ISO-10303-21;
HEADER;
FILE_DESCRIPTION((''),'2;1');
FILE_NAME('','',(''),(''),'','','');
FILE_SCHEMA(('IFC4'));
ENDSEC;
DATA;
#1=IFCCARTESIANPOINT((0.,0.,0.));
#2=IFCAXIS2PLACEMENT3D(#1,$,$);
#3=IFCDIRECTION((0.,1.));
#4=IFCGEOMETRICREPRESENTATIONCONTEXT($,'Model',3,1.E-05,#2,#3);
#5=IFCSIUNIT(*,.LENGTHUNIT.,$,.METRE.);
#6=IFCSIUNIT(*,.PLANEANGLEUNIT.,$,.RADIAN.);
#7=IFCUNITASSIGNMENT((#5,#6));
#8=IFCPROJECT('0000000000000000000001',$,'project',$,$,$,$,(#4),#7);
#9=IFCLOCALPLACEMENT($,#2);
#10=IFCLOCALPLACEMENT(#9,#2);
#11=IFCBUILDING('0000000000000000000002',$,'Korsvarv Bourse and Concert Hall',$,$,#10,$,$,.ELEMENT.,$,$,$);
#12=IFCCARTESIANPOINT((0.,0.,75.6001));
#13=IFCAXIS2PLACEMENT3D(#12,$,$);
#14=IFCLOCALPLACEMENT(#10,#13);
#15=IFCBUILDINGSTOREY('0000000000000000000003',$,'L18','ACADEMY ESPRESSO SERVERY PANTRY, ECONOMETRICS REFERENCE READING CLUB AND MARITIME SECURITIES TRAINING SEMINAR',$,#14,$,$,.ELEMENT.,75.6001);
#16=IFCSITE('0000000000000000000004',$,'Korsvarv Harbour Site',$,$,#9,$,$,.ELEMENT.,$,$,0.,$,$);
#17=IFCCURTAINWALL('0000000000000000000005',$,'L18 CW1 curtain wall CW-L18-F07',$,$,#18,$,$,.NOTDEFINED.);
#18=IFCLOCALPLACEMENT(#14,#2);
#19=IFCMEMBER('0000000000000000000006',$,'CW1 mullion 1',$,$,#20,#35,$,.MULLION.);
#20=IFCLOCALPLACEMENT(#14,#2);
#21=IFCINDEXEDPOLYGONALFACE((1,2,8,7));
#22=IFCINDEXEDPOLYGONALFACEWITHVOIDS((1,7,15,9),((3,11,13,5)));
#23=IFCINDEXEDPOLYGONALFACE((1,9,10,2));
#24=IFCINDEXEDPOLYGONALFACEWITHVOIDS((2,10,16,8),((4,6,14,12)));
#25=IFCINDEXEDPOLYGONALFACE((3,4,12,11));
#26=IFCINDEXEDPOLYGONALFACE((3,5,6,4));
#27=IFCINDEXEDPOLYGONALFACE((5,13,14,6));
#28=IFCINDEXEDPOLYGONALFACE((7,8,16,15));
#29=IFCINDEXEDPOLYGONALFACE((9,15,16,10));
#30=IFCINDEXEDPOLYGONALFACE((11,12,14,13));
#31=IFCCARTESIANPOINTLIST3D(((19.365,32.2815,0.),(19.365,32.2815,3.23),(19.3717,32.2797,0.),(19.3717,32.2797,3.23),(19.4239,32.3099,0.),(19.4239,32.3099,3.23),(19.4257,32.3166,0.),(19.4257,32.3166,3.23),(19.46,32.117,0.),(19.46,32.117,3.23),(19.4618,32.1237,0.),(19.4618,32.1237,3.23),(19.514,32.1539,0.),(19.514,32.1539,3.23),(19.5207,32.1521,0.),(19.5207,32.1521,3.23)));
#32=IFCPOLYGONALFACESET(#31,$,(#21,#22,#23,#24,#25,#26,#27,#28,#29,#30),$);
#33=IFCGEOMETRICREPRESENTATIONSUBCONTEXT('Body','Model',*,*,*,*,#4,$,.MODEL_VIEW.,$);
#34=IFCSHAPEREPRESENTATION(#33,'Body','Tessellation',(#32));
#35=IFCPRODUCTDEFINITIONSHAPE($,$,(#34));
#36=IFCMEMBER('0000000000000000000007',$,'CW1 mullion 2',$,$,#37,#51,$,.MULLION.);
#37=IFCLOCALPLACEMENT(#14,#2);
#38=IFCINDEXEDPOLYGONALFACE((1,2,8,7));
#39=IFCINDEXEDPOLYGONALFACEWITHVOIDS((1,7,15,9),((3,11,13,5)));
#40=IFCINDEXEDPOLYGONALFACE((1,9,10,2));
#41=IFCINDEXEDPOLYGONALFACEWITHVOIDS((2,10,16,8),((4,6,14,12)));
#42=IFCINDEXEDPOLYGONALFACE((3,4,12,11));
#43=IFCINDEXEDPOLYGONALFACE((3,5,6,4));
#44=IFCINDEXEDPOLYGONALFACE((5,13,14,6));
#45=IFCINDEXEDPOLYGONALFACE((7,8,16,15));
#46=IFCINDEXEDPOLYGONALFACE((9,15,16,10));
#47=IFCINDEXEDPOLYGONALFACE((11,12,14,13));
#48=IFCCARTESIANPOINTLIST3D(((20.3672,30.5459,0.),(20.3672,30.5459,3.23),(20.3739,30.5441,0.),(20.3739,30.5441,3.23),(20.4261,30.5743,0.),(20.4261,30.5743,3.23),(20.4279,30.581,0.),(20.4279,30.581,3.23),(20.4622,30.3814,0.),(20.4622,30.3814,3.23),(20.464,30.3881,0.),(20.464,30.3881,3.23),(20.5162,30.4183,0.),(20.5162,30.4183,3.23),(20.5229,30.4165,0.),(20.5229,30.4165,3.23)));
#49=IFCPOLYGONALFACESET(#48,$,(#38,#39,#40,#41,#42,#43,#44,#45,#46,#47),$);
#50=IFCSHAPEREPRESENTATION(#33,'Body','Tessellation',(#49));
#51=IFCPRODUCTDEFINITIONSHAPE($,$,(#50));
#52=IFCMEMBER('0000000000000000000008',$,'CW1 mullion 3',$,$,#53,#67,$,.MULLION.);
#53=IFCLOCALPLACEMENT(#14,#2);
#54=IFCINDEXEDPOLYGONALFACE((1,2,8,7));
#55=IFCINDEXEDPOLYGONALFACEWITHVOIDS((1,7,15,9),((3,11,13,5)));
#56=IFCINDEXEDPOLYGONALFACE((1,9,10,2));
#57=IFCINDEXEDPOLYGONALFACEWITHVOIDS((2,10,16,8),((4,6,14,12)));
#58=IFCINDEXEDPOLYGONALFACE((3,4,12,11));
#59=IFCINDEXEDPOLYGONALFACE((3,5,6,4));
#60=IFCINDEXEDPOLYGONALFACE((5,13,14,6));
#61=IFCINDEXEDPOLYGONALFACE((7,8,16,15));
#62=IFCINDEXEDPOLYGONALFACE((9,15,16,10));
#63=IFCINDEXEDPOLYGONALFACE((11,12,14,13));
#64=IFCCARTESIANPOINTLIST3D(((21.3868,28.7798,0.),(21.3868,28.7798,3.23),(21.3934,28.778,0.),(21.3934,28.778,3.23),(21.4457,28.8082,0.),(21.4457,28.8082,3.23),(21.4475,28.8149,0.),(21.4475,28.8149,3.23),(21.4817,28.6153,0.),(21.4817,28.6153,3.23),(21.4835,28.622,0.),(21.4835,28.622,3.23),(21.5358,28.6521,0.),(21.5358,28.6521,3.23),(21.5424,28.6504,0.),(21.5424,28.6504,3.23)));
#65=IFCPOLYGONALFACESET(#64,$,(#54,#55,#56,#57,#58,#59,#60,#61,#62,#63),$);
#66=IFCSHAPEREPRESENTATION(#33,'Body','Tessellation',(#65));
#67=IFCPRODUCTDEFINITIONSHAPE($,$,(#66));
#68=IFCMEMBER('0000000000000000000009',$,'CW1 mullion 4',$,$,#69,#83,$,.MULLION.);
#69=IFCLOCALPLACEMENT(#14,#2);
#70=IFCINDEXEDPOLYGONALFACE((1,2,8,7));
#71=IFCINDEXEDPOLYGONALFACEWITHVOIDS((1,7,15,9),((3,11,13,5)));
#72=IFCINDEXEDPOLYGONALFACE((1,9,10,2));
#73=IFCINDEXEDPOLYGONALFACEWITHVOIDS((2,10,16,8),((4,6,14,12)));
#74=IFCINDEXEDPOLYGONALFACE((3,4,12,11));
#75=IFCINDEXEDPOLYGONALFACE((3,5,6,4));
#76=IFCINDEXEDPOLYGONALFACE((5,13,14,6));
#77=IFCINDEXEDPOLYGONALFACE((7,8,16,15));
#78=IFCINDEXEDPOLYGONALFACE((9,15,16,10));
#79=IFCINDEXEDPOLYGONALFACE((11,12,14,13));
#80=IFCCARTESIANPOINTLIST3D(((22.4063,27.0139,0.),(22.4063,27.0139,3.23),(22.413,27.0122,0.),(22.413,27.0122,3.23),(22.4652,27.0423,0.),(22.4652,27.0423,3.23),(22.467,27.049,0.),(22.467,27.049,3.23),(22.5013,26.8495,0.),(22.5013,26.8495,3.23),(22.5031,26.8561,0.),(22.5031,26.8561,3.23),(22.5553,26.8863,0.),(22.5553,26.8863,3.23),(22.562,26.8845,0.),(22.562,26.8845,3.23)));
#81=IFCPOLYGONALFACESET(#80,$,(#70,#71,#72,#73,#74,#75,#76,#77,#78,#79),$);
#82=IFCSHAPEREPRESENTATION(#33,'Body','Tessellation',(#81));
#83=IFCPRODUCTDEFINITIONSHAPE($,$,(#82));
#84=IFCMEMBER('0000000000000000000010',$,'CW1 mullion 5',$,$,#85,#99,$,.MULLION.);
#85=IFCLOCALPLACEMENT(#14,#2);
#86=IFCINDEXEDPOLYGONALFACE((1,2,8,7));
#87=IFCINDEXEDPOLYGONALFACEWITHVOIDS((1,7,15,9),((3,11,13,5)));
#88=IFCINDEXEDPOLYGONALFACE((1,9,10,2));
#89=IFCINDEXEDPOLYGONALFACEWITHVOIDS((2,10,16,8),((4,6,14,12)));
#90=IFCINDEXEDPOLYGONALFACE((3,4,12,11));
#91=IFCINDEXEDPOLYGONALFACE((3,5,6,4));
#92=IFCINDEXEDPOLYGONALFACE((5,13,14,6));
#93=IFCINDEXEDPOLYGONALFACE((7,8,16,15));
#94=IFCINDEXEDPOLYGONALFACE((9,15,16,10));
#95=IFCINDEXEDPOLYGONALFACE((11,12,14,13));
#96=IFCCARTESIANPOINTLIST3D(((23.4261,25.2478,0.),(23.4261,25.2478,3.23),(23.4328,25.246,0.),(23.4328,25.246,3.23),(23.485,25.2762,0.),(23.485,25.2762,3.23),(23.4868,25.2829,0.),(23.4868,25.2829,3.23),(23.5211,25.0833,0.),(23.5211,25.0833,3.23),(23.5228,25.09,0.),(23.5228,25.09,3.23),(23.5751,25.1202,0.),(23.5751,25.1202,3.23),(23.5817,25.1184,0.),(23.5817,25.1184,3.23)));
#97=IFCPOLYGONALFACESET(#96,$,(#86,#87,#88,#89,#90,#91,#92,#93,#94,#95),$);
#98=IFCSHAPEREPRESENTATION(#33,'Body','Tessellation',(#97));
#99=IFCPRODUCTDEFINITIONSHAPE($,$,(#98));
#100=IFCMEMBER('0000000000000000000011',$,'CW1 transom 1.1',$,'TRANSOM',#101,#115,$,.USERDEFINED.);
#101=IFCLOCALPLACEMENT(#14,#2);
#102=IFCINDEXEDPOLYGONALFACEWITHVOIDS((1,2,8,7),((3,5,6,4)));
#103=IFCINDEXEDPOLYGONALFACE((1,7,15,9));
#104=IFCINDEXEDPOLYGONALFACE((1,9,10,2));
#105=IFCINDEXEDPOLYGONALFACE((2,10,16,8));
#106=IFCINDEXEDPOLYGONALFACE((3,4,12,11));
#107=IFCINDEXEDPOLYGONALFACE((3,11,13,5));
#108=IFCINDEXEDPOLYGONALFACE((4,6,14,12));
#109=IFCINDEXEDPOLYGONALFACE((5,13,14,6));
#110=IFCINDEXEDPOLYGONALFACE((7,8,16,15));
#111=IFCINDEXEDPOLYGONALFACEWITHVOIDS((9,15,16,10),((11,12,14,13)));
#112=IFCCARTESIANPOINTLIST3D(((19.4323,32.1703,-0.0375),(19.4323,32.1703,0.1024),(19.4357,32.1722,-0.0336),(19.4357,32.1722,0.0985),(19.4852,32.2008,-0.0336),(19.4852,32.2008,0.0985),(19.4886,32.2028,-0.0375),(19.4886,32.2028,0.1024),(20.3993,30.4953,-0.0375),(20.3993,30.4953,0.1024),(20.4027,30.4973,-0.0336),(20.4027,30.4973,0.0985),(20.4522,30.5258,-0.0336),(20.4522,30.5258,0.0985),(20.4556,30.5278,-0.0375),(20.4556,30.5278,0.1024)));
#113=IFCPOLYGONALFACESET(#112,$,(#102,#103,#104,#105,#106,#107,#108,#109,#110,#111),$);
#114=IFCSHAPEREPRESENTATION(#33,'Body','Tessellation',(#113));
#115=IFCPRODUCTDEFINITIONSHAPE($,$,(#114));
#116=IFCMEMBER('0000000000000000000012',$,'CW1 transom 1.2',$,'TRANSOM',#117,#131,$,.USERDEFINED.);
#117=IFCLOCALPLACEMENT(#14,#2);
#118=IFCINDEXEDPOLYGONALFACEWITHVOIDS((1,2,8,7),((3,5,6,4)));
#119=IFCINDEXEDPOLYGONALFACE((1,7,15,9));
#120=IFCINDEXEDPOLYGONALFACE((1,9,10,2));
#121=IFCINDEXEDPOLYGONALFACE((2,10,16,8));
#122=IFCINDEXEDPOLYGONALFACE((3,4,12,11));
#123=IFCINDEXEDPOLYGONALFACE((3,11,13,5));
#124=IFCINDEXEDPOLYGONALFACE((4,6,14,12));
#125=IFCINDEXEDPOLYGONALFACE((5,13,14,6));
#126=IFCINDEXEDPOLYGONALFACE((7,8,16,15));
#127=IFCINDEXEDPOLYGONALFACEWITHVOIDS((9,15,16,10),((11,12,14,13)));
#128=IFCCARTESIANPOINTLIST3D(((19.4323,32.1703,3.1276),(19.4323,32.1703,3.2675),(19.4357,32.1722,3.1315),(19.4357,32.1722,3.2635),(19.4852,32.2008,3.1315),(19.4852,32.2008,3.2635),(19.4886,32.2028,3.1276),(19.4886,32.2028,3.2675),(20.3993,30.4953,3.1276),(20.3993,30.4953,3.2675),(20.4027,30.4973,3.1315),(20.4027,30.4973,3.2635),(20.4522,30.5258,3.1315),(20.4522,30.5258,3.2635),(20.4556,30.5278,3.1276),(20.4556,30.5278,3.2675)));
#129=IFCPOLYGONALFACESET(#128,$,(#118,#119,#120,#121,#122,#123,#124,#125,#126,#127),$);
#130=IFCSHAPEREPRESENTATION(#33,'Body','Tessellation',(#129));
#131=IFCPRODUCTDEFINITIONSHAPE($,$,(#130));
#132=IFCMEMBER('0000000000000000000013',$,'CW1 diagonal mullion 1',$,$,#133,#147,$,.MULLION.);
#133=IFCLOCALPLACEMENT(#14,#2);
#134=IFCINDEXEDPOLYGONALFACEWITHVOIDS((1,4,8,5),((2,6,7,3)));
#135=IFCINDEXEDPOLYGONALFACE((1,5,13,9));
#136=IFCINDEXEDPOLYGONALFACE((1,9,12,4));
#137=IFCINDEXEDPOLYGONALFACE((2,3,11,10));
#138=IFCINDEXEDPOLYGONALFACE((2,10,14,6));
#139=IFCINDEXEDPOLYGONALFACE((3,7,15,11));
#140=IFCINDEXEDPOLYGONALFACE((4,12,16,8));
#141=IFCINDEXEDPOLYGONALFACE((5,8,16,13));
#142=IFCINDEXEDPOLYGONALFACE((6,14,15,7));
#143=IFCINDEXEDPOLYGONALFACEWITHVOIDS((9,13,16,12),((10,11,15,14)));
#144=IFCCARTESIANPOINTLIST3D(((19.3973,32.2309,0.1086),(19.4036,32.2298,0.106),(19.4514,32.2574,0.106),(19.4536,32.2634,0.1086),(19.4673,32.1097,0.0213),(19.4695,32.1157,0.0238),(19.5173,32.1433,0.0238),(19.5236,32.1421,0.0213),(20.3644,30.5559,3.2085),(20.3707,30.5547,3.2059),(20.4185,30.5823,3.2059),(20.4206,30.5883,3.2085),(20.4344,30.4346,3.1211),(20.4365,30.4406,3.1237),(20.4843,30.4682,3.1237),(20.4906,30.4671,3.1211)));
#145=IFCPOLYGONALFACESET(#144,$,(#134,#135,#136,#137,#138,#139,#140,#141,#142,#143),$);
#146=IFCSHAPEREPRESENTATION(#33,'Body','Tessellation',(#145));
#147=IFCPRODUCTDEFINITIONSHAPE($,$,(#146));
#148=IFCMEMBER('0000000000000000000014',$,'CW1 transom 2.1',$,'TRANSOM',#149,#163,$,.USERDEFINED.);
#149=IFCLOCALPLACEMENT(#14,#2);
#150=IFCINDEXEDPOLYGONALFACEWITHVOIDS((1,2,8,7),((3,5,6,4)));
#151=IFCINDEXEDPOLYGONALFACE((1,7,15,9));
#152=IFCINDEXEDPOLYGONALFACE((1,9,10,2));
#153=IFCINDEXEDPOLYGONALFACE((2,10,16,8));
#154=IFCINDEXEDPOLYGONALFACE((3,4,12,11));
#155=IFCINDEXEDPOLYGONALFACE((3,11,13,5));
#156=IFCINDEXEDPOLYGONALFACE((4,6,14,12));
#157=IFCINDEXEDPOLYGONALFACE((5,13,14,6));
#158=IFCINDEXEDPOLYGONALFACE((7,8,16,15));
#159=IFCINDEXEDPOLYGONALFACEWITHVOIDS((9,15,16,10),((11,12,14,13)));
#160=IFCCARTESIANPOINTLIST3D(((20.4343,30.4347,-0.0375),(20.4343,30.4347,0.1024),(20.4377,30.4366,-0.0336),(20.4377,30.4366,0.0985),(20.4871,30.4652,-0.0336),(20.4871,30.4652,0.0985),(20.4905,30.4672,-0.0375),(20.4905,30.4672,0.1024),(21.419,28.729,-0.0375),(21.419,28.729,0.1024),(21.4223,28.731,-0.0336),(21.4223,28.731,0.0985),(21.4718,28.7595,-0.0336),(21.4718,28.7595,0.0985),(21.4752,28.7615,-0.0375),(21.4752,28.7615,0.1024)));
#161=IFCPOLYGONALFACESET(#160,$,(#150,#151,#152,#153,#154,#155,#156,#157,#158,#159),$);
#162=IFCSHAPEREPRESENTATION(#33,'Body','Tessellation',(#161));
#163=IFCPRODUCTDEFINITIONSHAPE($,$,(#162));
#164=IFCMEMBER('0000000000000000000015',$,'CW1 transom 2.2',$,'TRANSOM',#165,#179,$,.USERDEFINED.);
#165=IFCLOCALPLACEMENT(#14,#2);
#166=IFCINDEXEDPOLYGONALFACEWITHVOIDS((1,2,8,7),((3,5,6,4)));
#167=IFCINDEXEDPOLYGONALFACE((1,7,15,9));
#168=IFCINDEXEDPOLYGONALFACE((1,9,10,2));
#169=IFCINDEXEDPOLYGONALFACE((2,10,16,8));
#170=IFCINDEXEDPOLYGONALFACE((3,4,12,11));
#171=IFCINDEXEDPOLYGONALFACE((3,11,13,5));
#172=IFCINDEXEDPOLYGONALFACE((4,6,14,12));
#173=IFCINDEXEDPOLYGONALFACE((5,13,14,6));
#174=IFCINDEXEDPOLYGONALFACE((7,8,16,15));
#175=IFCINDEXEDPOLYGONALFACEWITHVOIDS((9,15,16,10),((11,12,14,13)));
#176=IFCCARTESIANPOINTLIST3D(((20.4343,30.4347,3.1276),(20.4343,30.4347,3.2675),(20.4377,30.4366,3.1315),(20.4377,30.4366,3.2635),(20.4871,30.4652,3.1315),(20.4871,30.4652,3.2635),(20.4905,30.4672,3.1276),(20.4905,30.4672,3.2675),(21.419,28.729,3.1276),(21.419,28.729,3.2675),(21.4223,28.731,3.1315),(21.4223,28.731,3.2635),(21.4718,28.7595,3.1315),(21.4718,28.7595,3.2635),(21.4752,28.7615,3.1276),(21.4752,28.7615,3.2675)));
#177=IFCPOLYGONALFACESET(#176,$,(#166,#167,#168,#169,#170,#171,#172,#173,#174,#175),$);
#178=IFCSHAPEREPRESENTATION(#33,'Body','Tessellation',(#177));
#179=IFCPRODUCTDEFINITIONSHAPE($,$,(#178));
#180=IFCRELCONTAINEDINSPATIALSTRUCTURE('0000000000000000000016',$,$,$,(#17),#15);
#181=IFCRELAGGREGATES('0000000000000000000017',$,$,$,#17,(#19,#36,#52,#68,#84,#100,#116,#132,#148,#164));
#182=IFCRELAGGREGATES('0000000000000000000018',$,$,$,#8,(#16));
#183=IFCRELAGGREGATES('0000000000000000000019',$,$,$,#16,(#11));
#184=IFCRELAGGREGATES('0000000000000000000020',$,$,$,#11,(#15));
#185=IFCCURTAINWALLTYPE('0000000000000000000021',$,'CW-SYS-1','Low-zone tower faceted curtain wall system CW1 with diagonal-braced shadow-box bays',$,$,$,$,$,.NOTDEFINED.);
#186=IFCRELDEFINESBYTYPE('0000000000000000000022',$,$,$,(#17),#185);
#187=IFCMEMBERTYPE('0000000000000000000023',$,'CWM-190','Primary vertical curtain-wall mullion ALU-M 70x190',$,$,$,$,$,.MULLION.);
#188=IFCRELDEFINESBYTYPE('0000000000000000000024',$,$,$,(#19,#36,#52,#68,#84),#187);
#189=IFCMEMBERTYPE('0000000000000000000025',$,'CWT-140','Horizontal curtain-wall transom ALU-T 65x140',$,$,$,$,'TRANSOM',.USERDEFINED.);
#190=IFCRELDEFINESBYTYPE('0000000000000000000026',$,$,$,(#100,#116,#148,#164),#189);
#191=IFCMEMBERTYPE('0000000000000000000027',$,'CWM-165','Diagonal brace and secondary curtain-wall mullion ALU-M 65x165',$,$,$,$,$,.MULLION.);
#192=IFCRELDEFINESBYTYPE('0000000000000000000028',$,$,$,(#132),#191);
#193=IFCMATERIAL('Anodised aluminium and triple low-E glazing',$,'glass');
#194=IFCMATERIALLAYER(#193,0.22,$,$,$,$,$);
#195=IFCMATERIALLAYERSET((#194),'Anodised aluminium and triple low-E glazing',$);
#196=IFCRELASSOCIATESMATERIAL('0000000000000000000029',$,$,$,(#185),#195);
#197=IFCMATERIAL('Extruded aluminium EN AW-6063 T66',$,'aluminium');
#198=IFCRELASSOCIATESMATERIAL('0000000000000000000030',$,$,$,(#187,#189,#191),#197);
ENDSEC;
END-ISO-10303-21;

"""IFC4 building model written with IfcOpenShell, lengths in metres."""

from ifc_helpers import new_model, si_unit, direction, frame, origin, origin_2d, place, context, subcontext, project, spatial, hollow_rectangle, extrude, source, transform, mapped, material, layer, layer_set, material_profile, profile_set, type_object, element, aggregate, save


model = new_model("IFC4")

# Units and contexts
model_context = context("Model", 3, precision=1e-05, world=origin(), true_north=direction((0.0, 1.0)))
body_context = subcontext(model_context, "Body", "Model", "MODEL_VIEW")
ifc_project = project(units=[si_unit("LENGTHUNIT", "METRE"), si_unit("PLANEANGLEUNIT", "RADIAN")], contexts=[model_context])

# Site, building, storey
site_placement = place(None, origin())
site = spatial("IfcSite", under=ifc_project, at=site_placement, Name="Korsvarv Harbour Site", CompositionType="ELEMENT", RefElevation=0.0)
building_placement = place(site_placement, origin())
building = spatial("IfcBuilding", under=site, at=building_placement, Name="Korsvarv Bourse and Concert Hall", CompositionType="ELEMENT")
storey_placement = place(building_placement, frame((0.0, 0.0, 75.6001)))
storey = spatial("IfcBuildingStorey", under=building, at=storey_placement, Name="L18", Description="ACADEMY ESPRESSO SERVERY PANTRY, ECONOMETRICS REFERENCE READING CLUB AND MARITIME SECURITIES TRAINING SEMINAR", CompositionType="ELEMENT", Elevation=75.6001)

# Curtain wall, members
ifc_material_1 = material(Name="Anodised aluminium and triple low-E glazing", Category="glass")
ifc_layer_1 = layer(ifc_material_1, 0.22)
ifc_layer_set_1 = layer_set([ifc_layer_1], Name="Anodised aluminium and triple low-E glazing")
curtain_wall_type = type_object("IfcCurtainWallType", Name="CW-SYS-1", Description="Low-zone tower faceted curtain wall system CW1 with diagonal-braced shadow-box bays", PredefinedType="NOTDEFINED", material=ifc_layer_set_1)
curtain_wall_placement = place(storey_placement, origin())
curtain_wall = element("IfcCurtainWall", 1, at=curtain_wall_placement, inside=storey, type_object=curtain_wall_type, Name="L18 CW1 curtain wall CW-L18-F07", PredefinedType="NOTDEFINED")
ifc_material_2 = material(Name="Extruded aluminium EN AW-6063 T66", Category="aluminium")
ifc_material_profile_1 = material_profile(ifc_material_2, hollow_rectangle(XDim=0.0701, YDim=0.1899, WallThickness=0.0049, at=origin_2d()), Name="ALU-M 70x190")
ifc_profile_set_1 = profile_set([ifc_material_profile_1], Name="Extruded aluminium EN AW-6063 T66")
member_type_1 = type_object("IfcMemberType", Name="CWM-190", Description="Primary vertical curtain-wall mullion ALU-M 70x190", PredefinedType="MULLION", material=ifc_profile_set_1)
shared_shape_1 = source(origin(), body_context, "Body", "SweptSolid", [
    extrude(hollow_rectangle(XDim=0.0701, YDim=0.1899, WallThickness=0.0049, at=origin_2d()), origin(), (0.0, 0.0, 1.0), 3.23),
])
member_1_placement = place(storey_placement, frame((19.4429, 32.2168, 0.0), z_axis=(0.0, 0.0, 1.0), x_axis=(0.866024, 0.500002, 0.0)))
member_1 = element("IfcMember", 2, at=member_1_placement, type_object=member_type_1, Name="CW1 mullion 1", PredefinedType="MULLION", context=body_context, shape_type="MappedRepresentation", body=[
    mapped(shared_shape_1, transform((0.0, 0.0, 0.0), scale=1.0)),
])
member_2_placement = place(storey_placement, frame((20.4451, 30.4812, 0.0), z_axis=(0.0, 0.0, 1.0), x_axis=(0.866024, 0.500002, 0.0)))
member_2 = element("IfcMember", 3, at=member_2_placement, type_object=member_type_1, Name="CW1 mullion 2", PredefinedType="MULLION", context=body_context, shape_type="MappedRepresentation", body=[
    mapped(shared_shape_1, transform((0.0, 0.0, 0.0), scale=1.0)),
])
member_3_placement = place(storey_placement, frame((21.4646, 28.7151, 0.0), z_axis=(0.0, 0.0, 1.0), x_axis=(0.866024, 0.500002, 0.0)))
member_3 = element("IfcMember", 4, at=member_3_placement, type_object=member_type_1, Name="CW1 mullion 3", PredefinedType="MULLION", context=body_context, shape_type="MappedRepresentation", body=[
    mapped(shared_shape_1, transform((0.0, 0.0, 0.0), scale=1.0)),
])
member_4_placement = place(storey_placement, frame((22.4841, 26.9492, 0.0), z_axis=(0.0, 0.0, 1.0), x_axis=(0.866024, 0.500002, 0.0)))
member_4 = element("IfcMember", 5, at=member_4_placement, type_object=member_type_1, Name="CW1 mullion 4", PredefinedType="MULLION", context=body_context, shape_type="MappedRepresentation", body=[
    mapped(shared_shape_1, transform((0.0, 0.0, 0.0), scale=1.0)),
])
member_5_placement = place(storey_placement, frame((23.5039, 25.1831, 0.0), z_axis=(0.0, 0.0, 1.0), x_axis=(0.866024, 0.500002, 0.0)))
member_5 = element("IfcMember", 6, at=member_5_placement, type_object=member_type_1, Name="CW1 mullion 5", PredefinedType="MULLION", context=body_context, shape_type="MappedRepresentation", body=[
    mapped(shared_shape_1, transform((0.0, 0.0, 0.0), scale=1.0)),
])
ifc_material_profile_2 = material_profile(ifc_material_2, hollow_rectangle(XDim=0.0649, YDim=0.1399, WallThickness=0.0039, at=origin_2d()), Name="ALU-T 65x140")
ifc_profile_set_2 = profile_set([ifc_material_profile_2], Name="Extruded aluminium EN AW-6063 T66")
member_type_2 = type_object("IfcMemberType", Name="CWT-140", Description="Horizontal curtain-wall transom ALU-T 65x140", ElementType="TRANSOM", PredefinedType="USERDEFINED", material=ifc_profile_set_2)
shared_shape_2 = source(origin(), body_context, "Body", "SweptSolid", [
    extrude(hollow_rectangle(XDim=0.0649, YDim=0.1399, WallThickness=0.0039, at=origin_2d()), origin(), (0.0, 0.0, 1.0), 1.9341),
])
member_6_placement = place(storey_placement, frame((19.4604, 32.1865, 0.0325), z_axis=(0.499981, -0.866036, 0.0), x_axis=(0.866036, 0.499981, 0.0)))
member_6 = element("IfcMember", 7, at=member_6_placement, type_object=member_type_2, Name="CW1 transom 1.1", ObjectType="TRANSOM", PredefinedType="USERDEFINED", context=body_context, shape_type="MappedRepresentation", body=[
    mapped(shared_shape_2, transform((0.0, 0.0, 0.0), scale=1.0)),
])
member_7_placement = place(storey_placement, frame((19.4604, 32.1865, 3.1975), z_axis=(0.499981, -0.866036, 0.0), x_axis=(0.866036, 0.499981, 0.0)))
member_7 = element("IfcMember", 8, at=member_7_placement, type_object=member_type_2, Name="CW1 transom 1.2", ObjectType="TRANSOM", PredefinedType="USERDEFINED", context=body_context, shape_type="MappedRepresentation", body=[
    mapped(shared_shape_2, transform((0.0, 0.0, 0.0), scale=1.0)),
])
ifc_material_profile_3 = material_profile(ifc_material_2, hollow_rectangle(XDim=0.0649, YDim=0.165, WallThickness=0.0049, at=origin_2d()), Name="ALU-M 65x165")
ifc_profile_set_3 = profile_set([ifc_material_profile_3], Name="Extruded aluminium EN AW-6063 T66")
member_type_3 = type_object("IfcMemberType", Name="CWM-165", Description="Diagonal brace and secondary curtain-wall mullion ALU-M 65x165", PredefinedType="MULLION", material=ifc_profile_set_3)
shared_shape_3 = source(origin(), body_context, "Body", "SweptSolid", [
    extrude(hollow_rectangle(XDim=0.0649, YDim=0.165, WallThickness=0.0049, at=origin_2d()), origin(), (0.0, 0.0, 1.0), 3.6538),
])
member_8_placement = place(storey_placement, frame((19.4604, 32.1865, 0.0649), z_axis=(0.264669, -0.458444, 0.848398), x_axis=(0.866036, 0.499981, 0.0)))
member_8 = element("IfcMember", 9, at=member_8_placement, type_object=member_type_3, Name="CW1 diagonal mullion 1", PredefinedType="MULLION", context=body_context, shape_type="MappedRepresentation", body=[
    mapped(shared_shape_3, transform((0.0, 0.0, 0.0), scale=1.0)),
])
shared_shape_4 = source(origin(), body_context, "Body", "SweptSolid", [
    extrude(hollow_rectangle(XDim=0.0649, YDim=0.1399, WallThickness=0.0039, at=origin_2d()), origin(), (0.0, 0.0, 1.0), 1.9695),
])
member_9_placement = place(storey_placement, frame((20.4624, 30.4509, 0.0325), z_axis=(0.499966, -0.866045, 0.0), x_axis=(0.866045, 0.499966, 0.0)))
member_9 = element("IfcMember", 10, at=member_9_placement, type_object=member_type_2, Name="CW1 transom 2.1", ObjectType="TRANSOM", PredefinedType="USERDEFINED", context=body_context, shape_type="MappedRepresentation", body=[
    mapped(shared_shape_4, transform((0.0, 0.0, 0.0), scale=1.0)),
])
member_10_placement = place(storey_placement, frame((20.4624, 30.4509, 3.1975), z_axis=(0.499966, -0.866045, 0.0), x_axis=(0.866045, 0.499966, 0.0)))
member_10 = element("IfcMember", 11, at=member_10_placement, type_object=member_type_2, Name="CW1 transom 2.2", ObjectType="TRANSOM", PredefinedType="USERDEFINED", context=body_context, shape_type="MappedRepresentation", body=[
    mapped(shared_shape_4, transform((0.0, 0.0, 0.0), scale=1.0)),
])

aggregate(curtain_wall, [member_1, member_2, member_3, member_4, member_5, member_6, member_7, member_8, member_9, member_10])

save(model, "model.ifc")
